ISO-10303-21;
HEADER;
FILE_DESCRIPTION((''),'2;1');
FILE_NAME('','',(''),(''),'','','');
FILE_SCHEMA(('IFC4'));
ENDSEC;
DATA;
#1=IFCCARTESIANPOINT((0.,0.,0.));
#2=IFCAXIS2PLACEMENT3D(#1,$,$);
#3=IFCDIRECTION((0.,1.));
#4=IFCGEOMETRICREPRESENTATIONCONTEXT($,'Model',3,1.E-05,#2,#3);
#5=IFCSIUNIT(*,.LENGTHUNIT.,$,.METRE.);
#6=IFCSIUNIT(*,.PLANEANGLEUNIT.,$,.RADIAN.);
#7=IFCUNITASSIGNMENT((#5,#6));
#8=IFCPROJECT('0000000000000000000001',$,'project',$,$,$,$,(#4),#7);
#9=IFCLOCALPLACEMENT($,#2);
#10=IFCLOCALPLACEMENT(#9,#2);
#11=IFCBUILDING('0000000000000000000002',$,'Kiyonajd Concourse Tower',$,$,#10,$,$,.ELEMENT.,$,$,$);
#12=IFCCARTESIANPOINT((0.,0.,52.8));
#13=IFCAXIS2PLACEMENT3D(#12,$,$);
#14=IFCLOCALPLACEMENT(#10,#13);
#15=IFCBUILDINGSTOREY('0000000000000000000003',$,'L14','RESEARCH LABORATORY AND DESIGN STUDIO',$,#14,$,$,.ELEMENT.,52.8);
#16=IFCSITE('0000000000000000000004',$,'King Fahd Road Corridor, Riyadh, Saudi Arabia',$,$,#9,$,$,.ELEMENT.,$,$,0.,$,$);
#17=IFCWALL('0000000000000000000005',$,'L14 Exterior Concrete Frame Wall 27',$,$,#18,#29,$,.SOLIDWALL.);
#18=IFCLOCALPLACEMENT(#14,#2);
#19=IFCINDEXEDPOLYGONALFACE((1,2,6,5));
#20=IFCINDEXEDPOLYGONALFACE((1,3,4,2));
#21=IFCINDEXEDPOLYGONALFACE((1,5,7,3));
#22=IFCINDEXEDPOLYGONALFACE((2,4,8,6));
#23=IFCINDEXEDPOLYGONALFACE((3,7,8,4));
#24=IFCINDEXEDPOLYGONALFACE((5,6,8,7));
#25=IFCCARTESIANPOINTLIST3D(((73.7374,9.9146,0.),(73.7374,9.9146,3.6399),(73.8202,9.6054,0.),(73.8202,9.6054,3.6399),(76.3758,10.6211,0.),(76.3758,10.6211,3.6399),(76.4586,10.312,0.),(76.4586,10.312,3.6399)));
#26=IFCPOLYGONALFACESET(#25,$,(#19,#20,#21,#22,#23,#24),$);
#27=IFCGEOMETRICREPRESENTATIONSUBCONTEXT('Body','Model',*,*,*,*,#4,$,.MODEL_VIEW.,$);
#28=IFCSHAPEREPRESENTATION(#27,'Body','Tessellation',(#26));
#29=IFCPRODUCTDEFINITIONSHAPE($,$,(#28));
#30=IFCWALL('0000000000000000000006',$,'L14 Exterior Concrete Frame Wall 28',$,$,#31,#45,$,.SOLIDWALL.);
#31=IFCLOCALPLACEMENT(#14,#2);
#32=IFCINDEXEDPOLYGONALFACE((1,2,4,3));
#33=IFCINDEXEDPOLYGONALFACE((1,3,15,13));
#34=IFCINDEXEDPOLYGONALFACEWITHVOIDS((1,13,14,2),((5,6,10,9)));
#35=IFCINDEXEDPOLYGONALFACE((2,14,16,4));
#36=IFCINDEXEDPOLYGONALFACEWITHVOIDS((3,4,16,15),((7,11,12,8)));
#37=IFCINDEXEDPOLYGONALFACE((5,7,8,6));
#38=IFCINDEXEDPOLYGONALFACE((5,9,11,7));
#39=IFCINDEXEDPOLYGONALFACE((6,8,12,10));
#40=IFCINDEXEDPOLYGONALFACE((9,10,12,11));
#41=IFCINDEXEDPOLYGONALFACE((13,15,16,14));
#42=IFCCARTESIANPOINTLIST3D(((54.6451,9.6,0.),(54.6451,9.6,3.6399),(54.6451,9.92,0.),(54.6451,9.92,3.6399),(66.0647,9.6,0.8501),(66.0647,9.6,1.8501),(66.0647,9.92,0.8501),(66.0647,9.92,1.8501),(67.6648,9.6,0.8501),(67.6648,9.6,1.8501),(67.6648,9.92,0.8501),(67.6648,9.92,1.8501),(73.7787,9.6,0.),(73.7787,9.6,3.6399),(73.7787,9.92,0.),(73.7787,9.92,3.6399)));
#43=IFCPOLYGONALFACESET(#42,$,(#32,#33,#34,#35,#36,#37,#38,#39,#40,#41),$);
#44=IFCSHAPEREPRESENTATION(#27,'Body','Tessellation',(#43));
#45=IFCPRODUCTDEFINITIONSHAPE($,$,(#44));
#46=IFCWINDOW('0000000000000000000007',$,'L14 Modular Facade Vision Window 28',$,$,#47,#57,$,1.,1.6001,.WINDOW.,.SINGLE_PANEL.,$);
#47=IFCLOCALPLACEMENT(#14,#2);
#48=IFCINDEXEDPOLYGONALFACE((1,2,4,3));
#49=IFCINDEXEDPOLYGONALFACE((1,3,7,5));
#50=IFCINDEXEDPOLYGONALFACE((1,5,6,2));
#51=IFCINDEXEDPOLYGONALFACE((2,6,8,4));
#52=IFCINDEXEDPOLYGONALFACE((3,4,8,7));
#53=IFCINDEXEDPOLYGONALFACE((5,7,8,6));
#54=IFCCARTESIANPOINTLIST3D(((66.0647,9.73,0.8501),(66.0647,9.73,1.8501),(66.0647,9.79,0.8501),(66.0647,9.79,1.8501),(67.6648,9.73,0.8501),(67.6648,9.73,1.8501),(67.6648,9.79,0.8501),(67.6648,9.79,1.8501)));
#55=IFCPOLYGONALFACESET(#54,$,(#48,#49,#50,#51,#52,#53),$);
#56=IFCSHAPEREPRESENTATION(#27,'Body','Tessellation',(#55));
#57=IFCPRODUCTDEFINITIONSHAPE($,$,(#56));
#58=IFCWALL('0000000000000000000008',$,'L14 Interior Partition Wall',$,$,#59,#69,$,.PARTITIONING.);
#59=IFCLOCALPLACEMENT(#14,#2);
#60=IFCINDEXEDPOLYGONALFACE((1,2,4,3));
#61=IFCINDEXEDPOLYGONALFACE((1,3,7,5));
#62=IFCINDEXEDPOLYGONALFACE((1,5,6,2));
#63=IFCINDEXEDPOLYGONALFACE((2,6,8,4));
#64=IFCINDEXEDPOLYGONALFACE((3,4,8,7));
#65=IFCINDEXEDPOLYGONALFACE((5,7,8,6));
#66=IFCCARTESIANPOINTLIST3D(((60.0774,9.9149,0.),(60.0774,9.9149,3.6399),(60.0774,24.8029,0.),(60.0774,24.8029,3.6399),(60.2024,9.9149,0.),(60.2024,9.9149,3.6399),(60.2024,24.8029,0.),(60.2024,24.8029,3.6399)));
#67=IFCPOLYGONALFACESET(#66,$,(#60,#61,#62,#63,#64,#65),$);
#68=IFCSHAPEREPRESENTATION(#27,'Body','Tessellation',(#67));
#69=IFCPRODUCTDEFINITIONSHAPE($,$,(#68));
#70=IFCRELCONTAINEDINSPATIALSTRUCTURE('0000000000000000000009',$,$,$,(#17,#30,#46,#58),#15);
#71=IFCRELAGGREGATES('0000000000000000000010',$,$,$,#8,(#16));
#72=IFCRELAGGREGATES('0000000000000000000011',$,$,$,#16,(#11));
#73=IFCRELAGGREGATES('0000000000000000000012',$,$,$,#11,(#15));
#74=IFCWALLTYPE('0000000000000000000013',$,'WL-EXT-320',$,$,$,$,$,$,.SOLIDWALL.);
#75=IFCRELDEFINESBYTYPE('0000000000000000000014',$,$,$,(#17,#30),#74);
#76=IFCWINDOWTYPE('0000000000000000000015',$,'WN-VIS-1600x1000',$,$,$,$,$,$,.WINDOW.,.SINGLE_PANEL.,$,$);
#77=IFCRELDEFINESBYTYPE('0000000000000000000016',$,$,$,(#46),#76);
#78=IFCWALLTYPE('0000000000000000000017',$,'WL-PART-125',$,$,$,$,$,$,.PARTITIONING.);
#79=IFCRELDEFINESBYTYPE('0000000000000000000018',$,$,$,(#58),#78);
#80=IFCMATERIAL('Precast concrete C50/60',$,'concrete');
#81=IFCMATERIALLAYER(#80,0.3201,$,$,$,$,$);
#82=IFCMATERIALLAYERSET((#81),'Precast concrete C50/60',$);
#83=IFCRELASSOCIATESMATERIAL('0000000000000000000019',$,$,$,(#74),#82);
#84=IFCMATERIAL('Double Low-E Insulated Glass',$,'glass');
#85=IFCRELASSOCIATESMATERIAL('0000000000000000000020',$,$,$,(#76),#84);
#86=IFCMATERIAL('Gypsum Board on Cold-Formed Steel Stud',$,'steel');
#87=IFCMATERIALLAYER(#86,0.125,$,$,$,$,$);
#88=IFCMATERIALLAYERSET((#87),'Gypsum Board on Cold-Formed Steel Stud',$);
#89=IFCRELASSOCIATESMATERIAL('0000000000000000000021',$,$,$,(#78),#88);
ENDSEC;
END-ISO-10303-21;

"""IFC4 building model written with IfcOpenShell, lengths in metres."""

from ifc_helpers import new_model, si_unit, direction, frame, frame_2d, origin, place, context, subcontext, project, spatial, rectangle, extrude, material, layer, layer_set, type_object, element, fill, save


model = new_model("IFC4")

# Units and contexts
model_context = context("Model", 3, precision=1e-05, world=origin(), true_north=direction((0.0, 1.0)))
body_context = subcontext(model_context, "Body", "Model", "MODEL_VIEW")
ifc_project = project(units=[si_unit("LENGTHUNIT", "METRE"), si_unit("PLANEANGLEUNIT", "RADIAN")], contexts=[model_context])

# Site, building, storey
site_placement = place(None, origin())
site = spatial("IfcSite", under=ifc_project, at=site_placement, Name="King Fahd Road Corridor, Riyadh, Saudi Arabia", CompositionType="ELEMENT", RefElevation=0.0)
building_placement = place(site_placement, origin())
building = spatial("IfcBuilding", under=site, at=building_placement, Name="Kiyonajd Concourse Tower", CompositionType="ELEMENT")
storey_placement = place(building_placement, frame((0.0, 0.0, 52.8)))
storey = spatial("IfcBuildingStorey", under=building, at=storey_placement, Name="L14", Description="RESEARCH LABORATORY AND DESIGN STUDIO", CompositionType="ELEMENT", Elevation=52.8)

# Shared definitions
ifc_material_1 = material(Name="Precast concrete C50/60", Category="concrete")

# Shared definitions
ifc_material_2 = material(Name="Double Low-E Insulated Glass", Category="glass")

# Wall
ifc_layer_1 = layer(ifc_material_1, 0.3201)
ifc_layer_set_1 = layer_set([ifc_layer_1], Name="Precast concrete C50/60")
wall_type_1 = type_object("IfcWallType", Name="WL-EXT-320", PredefinedType="SOLIDWALL", material=ifc_layer_set_1)
wall_1_placement = place(storey_placement, frame((76.4172, 10.4666, 0.0), z_axis=(0.0, 0.0, 1.0), x_axis=(-0.965964, -0.258675, 0.0)))
element("IfcWall", 1, at=wall_1_placement, inside=storey, type_object=wall_type_1, Name="L14 Exterior Concrete Frame Wall 27", PredefinedType="SOLIDWALL", context=body_context, shape_type="SweptSolid", body=[
    extrude(rectangle(XDim=2.7314, YDim=0.3201, at=frame_2d((1.3657, 0.0))), origin(), (0.0, 0.0, 1.0), 3.6399),
])

# Wall, opening, window
wall_2_placement = place(storey_placement, frame((73.7788, 9.76, 0.0), z_axis=(0.0, 0.0, 1.0), x_axis=(-1.0, 0.0, 0.0)))
wall_2 = element("IfcWall", 2, at=wall_2_placement, inside=storey, type_object=wall_type_1, Name="L14 Exterior Concrete Frame Wall 28", PredefinedType="SOLIDWALL", context=body_context, shape_type="SweptSolid", body=[
    extrude(rectangle(XDim=19.1335, YDim=0.3201, at=frame_2d((9.5669, 0.0))), origin(), (0.0, 0.0, 1.0), 3.6399),
])
opening_placement = place(wall_2_placement, frame((6.114, 0.0, 0.8501)))
opening = element("IfcOpeningElement", 3, at=opening_placement, cuts=wall_2, PredefinedType="OPENING", context=body_context, shape_type="SweptSolid", body=[
    extrude(rectangle(XDim=1.6001, YDim=1.0, at=frame_2d((0.8, 0.5))), frame((0.0, 0.1699, 0.0), z_axis=(0.0, -1.0, 0.0), x_axis=(1.0, 0.0, 0.0)), (0.0, 0.0, 1.0), 0.3401),
])
window_type = type_object("IfcWindowType", Name="WN-VIS-1600x1000", PartitioningType="SINGLE_PANEL", PredefinedType="WINDOW", material=ifc_material_2)
window_placement = place(opening_placement, origin())
window = element("IfcWindow", 4, at=window_placement, inside=storey, type_object=window_type, Name="L14 Modular Facade Vision Window 28", OverallHeight=1.0, OverallWidth=1.6001, PartitioningType="SINGLE_PANEL", PredefinedType="WINDOW", context=body_context, shape_type="SweptSolid", body=[
    extrude(rectangle(XDim=1.6001, YDim=1.0, at=frame_2d((0.8, 0.5))), frame((0.0, 0.03, 0.0), z_axis=(0.0, -1.0, 0.0), x_axis=(1.0, 0.0, 0.0)), (0.0, 0.0, 1.0), 0.0601),
])
fill(opening, window)

# Wall
ifc_material_3 = material(Name="Gypsum Board on Cold-Formed Steel Stud", Category="steel")
ifc_layer_2 = layer(ifc_material_3, 0.125)
ifc_layer_set_2 = layer_set([ifc_layer_2], Name="Gypsum Board on Cold-Formed Steel Stud")
wall_type_2 = type_object("IfcWallType", Name="WL-PART-125", PredefinedType="PARTITIONING", material=ifc_layer_set_2)
wall_3_placement = place(storey_placement, frame((60.1399, 9.915, 0.0), z_axis=(0.0, 0.0, 1.0), x_axis=(0.0, 1.0, 0.0)))
element("IfcWall", 5, at=wall_3_placement, inside=storey, type_object=wall_type_2, Name="L14 Interior Partition Wall", PredefinedType="PARTITIONING", context=body_context, shape_type="SweptSolid", body=[
    extrude(rectangle(XDim=14.8879, YDim=0.125, at=frame_2d((7.4438, 0.0))), origin(), (0.0, 0.0, 1.0), 3.6399),
])

save(model, "model.ifc")
